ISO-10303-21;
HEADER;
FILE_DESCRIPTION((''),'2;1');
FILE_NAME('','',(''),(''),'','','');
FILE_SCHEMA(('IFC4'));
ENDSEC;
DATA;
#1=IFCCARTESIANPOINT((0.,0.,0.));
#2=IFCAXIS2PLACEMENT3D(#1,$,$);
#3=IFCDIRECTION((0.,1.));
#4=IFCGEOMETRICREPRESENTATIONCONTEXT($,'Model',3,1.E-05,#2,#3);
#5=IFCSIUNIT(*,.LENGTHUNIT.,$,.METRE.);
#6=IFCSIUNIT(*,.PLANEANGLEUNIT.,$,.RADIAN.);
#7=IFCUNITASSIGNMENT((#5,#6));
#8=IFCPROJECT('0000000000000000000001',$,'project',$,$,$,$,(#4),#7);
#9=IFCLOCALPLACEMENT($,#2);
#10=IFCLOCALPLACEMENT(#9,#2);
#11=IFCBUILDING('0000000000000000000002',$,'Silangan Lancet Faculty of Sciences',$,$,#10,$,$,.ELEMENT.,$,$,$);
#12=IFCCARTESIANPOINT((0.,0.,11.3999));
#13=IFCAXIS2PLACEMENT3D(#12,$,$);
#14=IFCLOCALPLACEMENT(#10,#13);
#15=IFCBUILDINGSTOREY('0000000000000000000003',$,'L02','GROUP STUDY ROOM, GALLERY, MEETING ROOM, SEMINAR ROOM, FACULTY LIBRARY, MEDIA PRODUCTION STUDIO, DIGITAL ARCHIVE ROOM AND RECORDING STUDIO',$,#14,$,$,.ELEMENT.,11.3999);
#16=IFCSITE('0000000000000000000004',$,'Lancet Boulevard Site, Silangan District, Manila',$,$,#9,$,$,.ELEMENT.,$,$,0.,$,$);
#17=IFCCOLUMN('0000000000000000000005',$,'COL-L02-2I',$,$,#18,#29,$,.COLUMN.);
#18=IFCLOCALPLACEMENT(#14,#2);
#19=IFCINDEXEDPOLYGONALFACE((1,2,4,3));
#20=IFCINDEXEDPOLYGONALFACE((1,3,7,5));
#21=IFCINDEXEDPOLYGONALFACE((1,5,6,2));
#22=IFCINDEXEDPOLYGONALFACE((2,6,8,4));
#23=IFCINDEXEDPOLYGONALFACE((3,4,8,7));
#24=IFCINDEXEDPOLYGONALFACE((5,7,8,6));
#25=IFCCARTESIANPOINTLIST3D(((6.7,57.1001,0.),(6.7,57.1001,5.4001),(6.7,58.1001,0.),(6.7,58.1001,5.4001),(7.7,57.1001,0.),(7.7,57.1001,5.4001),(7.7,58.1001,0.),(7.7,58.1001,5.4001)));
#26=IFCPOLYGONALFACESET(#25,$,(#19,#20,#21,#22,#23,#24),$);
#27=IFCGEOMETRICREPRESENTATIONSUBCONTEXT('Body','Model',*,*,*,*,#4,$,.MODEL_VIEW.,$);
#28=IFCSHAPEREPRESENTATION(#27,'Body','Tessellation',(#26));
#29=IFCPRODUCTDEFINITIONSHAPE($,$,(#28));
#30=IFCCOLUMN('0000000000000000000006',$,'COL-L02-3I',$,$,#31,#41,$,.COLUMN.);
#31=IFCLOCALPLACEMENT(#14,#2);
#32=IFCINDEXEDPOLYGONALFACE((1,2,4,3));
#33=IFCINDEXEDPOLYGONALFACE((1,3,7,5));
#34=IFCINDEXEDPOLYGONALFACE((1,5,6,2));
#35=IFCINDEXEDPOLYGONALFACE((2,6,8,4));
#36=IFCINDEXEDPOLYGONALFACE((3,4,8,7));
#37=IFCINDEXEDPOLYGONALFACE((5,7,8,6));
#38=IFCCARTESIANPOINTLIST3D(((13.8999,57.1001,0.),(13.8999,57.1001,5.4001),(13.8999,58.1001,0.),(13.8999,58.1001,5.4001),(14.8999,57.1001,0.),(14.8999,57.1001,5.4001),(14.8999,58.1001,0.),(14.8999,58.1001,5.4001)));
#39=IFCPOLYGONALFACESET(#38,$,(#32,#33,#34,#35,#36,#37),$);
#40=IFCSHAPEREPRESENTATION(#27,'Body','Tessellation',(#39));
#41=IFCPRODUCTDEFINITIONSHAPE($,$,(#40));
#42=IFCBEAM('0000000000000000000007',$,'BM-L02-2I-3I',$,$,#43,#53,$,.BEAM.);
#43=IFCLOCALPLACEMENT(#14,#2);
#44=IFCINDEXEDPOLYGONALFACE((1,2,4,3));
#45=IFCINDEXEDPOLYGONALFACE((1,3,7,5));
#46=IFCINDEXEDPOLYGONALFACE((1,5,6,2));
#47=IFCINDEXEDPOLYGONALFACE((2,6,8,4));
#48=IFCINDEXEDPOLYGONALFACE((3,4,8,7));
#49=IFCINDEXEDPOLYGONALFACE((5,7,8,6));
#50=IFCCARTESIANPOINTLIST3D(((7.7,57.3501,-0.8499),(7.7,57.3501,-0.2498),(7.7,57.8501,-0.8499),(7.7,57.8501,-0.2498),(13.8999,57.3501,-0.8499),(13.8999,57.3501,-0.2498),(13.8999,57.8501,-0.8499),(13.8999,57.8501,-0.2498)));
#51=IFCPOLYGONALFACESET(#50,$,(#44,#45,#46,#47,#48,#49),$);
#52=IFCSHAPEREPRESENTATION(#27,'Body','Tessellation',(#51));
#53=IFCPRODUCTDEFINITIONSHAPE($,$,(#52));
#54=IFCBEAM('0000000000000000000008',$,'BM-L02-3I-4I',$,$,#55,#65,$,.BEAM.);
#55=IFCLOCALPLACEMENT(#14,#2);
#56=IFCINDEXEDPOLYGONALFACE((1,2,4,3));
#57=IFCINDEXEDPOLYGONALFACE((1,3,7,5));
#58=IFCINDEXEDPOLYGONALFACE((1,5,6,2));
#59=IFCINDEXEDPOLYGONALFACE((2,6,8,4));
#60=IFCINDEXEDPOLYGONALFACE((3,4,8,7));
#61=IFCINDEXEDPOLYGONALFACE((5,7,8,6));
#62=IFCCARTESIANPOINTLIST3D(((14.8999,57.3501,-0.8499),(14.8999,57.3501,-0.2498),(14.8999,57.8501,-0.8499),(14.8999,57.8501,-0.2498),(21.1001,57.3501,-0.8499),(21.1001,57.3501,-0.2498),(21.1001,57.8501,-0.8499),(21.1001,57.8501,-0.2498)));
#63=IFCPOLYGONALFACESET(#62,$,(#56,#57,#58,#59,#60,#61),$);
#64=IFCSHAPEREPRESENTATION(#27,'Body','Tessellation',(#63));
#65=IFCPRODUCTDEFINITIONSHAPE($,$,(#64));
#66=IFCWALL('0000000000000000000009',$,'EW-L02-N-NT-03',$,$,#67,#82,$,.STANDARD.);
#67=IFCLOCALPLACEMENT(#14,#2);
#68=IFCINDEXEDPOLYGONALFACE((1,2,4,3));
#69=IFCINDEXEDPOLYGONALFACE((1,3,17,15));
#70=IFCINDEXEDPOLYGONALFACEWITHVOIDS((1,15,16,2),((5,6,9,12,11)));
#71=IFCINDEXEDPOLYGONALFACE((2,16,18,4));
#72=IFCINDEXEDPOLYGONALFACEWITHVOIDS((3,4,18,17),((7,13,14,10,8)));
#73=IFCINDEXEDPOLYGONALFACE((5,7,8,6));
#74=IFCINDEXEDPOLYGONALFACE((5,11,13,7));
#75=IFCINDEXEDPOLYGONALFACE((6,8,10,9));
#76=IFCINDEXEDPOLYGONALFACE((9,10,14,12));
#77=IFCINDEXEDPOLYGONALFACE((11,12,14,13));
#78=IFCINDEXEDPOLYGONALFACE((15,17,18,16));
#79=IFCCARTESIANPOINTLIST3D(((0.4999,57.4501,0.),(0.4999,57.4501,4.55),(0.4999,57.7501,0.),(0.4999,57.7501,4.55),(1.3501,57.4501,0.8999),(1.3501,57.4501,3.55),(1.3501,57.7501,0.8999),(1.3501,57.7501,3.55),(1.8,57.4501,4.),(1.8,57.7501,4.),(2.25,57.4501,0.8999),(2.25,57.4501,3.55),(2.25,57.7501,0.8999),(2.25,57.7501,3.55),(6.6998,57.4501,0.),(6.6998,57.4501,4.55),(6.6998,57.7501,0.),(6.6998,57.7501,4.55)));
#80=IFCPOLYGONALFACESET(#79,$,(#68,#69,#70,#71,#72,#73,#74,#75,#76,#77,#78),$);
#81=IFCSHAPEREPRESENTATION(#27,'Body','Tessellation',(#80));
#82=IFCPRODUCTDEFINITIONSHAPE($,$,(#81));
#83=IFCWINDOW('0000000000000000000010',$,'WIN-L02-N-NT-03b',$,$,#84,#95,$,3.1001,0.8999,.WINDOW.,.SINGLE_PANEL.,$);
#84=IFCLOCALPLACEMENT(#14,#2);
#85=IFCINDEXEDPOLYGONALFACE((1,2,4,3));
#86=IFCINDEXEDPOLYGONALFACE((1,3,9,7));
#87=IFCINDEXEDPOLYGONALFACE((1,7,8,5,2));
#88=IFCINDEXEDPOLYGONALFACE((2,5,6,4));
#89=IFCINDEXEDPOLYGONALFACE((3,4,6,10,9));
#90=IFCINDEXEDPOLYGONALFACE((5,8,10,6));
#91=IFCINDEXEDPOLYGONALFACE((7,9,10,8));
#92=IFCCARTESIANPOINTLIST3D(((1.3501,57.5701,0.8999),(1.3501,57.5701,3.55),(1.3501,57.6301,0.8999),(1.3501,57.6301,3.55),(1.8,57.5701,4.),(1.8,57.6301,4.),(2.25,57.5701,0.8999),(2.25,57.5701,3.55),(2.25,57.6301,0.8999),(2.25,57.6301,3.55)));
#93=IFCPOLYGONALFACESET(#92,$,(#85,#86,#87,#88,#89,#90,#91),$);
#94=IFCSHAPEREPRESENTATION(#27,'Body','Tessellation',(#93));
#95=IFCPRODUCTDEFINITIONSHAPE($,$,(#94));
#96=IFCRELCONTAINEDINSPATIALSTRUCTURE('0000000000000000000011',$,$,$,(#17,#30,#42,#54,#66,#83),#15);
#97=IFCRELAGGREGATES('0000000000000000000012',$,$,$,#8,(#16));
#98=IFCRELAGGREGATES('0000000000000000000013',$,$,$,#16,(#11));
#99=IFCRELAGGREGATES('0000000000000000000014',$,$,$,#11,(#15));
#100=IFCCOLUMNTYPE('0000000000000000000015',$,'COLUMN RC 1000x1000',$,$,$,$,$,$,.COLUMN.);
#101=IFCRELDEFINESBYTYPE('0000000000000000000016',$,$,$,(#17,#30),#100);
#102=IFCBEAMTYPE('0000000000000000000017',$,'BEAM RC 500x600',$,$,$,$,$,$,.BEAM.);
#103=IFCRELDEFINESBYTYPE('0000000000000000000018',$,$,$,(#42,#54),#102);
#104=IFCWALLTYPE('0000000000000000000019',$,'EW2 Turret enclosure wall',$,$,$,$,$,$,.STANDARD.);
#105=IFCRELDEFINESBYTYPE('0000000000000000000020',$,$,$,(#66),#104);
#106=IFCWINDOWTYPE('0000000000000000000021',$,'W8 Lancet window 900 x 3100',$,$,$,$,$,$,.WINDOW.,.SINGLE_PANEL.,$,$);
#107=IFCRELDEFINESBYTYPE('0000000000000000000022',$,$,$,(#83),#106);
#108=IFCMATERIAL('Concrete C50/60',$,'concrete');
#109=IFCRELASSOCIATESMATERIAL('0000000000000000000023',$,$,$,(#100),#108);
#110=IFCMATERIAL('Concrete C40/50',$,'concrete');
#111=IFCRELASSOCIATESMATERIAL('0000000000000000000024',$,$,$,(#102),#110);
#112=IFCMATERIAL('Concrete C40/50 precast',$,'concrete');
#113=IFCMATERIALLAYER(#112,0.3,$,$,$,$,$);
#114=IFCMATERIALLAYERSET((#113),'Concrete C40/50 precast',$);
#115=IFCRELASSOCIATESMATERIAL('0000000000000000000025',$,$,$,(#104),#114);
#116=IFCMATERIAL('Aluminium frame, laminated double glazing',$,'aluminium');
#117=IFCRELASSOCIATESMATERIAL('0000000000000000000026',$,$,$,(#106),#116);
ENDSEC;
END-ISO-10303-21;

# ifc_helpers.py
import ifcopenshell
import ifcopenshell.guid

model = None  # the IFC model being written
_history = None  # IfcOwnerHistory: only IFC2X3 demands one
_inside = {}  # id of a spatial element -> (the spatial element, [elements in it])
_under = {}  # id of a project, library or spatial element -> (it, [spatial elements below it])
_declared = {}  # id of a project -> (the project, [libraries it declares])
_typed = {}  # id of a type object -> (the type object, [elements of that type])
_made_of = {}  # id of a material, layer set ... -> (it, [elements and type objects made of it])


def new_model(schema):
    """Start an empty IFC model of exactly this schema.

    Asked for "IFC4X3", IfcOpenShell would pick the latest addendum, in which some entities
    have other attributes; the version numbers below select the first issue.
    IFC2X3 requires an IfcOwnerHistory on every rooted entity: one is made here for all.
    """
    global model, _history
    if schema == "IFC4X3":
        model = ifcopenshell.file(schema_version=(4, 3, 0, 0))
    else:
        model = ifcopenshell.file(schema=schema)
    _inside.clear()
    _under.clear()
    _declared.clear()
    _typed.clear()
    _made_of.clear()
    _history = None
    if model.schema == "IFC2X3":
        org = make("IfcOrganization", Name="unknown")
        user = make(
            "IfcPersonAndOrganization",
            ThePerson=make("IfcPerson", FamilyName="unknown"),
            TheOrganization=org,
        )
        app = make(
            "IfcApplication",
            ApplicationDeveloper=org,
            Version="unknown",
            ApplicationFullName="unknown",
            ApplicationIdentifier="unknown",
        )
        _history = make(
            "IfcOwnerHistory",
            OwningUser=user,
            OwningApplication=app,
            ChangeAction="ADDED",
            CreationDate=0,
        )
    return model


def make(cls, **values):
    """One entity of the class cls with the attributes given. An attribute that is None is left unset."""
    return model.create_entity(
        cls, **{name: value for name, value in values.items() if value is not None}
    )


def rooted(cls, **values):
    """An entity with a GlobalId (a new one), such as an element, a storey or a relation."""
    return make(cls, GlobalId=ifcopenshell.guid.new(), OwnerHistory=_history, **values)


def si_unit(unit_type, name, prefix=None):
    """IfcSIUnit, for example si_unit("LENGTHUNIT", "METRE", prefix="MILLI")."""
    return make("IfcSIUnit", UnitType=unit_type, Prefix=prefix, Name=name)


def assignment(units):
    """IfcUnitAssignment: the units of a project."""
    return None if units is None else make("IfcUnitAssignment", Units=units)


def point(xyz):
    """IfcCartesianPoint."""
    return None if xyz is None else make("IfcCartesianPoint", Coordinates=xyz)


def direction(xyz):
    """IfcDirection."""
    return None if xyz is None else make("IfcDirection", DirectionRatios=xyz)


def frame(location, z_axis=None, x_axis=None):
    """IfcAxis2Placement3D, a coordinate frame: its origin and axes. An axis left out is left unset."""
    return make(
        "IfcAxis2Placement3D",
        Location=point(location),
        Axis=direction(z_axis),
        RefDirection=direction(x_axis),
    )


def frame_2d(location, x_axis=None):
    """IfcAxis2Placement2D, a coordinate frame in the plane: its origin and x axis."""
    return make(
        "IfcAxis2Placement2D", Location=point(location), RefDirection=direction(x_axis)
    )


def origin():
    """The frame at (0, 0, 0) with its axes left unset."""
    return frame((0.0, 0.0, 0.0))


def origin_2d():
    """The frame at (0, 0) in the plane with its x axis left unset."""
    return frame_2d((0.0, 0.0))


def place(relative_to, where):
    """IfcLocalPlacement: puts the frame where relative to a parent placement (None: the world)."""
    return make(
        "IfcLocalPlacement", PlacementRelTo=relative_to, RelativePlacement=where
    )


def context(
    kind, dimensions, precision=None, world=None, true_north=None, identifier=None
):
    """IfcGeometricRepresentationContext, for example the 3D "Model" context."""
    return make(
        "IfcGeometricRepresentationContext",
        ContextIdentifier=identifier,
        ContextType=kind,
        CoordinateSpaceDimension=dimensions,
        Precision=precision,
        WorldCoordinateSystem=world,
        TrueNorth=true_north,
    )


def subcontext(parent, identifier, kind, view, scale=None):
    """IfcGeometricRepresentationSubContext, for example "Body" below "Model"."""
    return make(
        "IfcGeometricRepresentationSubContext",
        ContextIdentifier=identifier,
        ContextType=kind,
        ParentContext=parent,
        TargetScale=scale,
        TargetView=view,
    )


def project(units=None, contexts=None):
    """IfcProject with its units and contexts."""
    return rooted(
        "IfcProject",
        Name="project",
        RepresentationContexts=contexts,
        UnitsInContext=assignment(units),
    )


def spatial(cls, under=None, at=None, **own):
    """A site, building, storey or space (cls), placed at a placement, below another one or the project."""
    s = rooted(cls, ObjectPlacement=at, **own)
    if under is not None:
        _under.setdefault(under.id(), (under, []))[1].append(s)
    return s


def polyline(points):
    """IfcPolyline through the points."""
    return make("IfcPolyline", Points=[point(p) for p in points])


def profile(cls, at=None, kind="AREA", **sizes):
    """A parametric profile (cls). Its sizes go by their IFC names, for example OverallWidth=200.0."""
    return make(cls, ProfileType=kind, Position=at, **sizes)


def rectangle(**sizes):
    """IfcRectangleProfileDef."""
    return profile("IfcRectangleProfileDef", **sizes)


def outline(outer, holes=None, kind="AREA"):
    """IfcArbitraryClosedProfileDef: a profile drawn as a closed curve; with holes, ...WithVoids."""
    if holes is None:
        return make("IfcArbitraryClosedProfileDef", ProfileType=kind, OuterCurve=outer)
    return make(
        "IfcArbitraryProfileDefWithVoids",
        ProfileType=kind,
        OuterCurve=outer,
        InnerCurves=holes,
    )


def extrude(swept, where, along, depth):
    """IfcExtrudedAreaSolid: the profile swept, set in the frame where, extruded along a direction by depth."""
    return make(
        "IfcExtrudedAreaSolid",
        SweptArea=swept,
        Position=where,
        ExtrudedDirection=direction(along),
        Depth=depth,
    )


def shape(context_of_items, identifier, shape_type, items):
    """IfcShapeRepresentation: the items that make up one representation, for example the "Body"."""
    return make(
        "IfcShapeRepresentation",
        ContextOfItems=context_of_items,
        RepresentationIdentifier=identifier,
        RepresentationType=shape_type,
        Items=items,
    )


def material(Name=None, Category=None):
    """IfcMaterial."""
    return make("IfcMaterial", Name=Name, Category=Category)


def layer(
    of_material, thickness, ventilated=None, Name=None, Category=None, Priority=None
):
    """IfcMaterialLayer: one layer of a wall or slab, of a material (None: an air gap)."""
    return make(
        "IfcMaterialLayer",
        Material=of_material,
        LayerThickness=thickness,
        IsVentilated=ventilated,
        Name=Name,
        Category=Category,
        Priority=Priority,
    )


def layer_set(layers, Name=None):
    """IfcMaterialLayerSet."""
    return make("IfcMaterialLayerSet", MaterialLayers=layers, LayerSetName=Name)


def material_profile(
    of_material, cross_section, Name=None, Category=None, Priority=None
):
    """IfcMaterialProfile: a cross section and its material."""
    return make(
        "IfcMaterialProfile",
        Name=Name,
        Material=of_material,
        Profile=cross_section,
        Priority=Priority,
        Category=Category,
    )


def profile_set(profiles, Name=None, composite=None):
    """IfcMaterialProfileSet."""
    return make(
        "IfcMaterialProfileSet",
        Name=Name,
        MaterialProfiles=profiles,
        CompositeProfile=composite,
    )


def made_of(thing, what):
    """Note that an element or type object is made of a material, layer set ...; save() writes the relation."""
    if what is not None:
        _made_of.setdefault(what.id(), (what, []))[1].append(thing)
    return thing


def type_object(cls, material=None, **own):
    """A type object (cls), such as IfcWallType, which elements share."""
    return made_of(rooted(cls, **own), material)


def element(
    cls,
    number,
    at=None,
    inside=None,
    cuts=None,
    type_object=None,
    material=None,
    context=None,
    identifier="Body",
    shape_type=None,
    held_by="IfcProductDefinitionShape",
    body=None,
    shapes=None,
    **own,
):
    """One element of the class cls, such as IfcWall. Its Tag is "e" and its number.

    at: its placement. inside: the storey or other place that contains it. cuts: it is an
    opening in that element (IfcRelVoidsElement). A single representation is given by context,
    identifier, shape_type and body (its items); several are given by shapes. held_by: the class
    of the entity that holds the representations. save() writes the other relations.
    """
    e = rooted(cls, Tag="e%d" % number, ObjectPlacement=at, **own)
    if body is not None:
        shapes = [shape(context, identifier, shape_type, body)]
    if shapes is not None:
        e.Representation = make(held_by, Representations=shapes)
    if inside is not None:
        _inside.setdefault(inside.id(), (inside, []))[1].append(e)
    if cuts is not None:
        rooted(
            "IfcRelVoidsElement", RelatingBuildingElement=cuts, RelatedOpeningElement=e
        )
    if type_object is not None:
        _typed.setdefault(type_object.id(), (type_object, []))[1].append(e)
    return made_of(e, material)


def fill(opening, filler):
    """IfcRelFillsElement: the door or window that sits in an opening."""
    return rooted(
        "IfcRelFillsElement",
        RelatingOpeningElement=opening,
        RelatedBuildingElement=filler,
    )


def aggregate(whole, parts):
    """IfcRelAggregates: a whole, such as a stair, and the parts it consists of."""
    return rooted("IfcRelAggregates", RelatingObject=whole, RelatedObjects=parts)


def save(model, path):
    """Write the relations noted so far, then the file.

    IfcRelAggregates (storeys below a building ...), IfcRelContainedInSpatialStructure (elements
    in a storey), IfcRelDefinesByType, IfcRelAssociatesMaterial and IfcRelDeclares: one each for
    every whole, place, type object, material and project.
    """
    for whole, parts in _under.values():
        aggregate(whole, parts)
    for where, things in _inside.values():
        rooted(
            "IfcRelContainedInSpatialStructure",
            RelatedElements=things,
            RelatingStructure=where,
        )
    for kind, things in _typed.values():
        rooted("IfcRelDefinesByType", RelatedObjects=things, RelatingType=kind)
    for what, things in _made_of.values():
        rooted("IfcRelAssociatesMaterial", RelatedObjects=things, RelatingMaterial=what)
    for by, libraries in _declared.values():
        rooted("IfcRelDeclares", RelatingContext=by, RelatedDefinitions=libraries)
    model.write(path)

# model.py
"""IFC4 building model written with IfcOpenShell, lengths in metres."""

from ifc_helpers import new_model, si_unit, direction, frame, frame_2d, origin, origin_2d, place, context, subcontext, project, spatial, polyline, rectangle, outline, extrude, material, layer, layer_set, material_profile, profile_set, type_object, element, fill, save


model = new_model("IFC4")

# Units and contexts
model_context = context("Model", 3, precision=1e-05, world=origin(), true_north=direction((0.0, 1.0)))
body_context = subcontext(model_context, "Body", "Model", "MODEL_VIEW")
ifc_project = project(units=[si_unit("LENGTHUNIT", "METRE"), si_unit("PLANEANGLEUNIT", "RADIAN")], contexts=[model_context])

# Site, building, storey
site_placement = place(None, origin())
site = spatial("IfcSite", under=ifc_project, at=site_placement, Name="Lancet Boulevard Site, Silangan District, Manila", CompositionType="ELEMENT", RefElevation=0.0)
building_placement = place(site_placement, origin())
building = spatial("IfcBuilding", under=site, at=building_placement, Name="Silangan Lancet Faculty of Sciences", CompositionType="ELEMENT")
storey_placement = place(building_placement, frame((0.0, 0.0, 11.3999)))
storey = spatial("IfcBuildingStorey", under=building, at=storey_placement, Name="L02", Description="GROUP STUDY ROOM, GALLERY, MEETING ROOM, SEMINAR ROOM, FACULTY LIBRARY, MEDIA PRODUCTION STUDIO, DIGITAL ARCHIVE ROOM AND RECORDING STUDIO", CompositionType="ELEMENT", Elevation=11.3999)

# Columns
ifc_material_1 = material(Name="Concrete C50/60", Category="concrete")
ifc_material_profile_1 = material_profile(ifc_material_1, rectangle(XDim=1.0, YDim=1.0, at=origin_2d()), Name="RC 1000x1000")
ifc_profile_set_1 = profile_set([ifc_material_profile_1], Name="Concrete C50/60")
column_type = type_object("IfcColumnType", Name="COLUMN RC 1000x1000", PredefinedType="COLUMN", material=ifc_profile_set_1)
for number, where, z_axis, x_axis, name in (
    (1, (7.2, 57.6001, 0.0), (0.0, 0.0, 1.0), (1.0, 0.0, 0.0), "COL-L02-2I"),
    (2, (14.3999, 57.6001, 0.0), (0.0, 0.0, 1.0), (1.0, 0.0, 0.0), "COL-L02-3I"),
):
    element("IfcColumn", number, at=place(storey_placement, frame(where, z_axis=z_axis, x_axis=x_axis)), inside=storey, type_object=column_type, Name=name, PredefinedType="COLUMN", context=body_context, shape_type="SweptSolid", body=[
        extrude(rectangle(XDim=1.0, YDim=1.0, at=origin_2d()), origin(), (0.0, 0.0, 1.0), 5.4001),
    ])

# Beams
ifc_material_2 = material(Name="Concrete C40/50", Category="concrete")
ifc_material_profile_2 = material_profile(ifc_material_2, rectangle(XDim=0.5, YDim=0.6001, at=origin_2d()), Name="RC 500x600")
ifc_profile_set_2 = profile_set([ifc_material_profile_2], Name="Concrete C40/50")
beam_type = type_object("IfcBeamType", Name="BEAM RC 500x600", PredefinedType="BEAM", material=ifc_profile_set_2)
beam_1_placement = place(storey_placement, frame((7.7, 57.6001, -0.5498), z_axis=(1.0, 0.0, 0.0), x_axis=(0.0, 1.0, 0.0)))
element("IfcBeam", 3, at=beam_1_placement, inside=storey, type_object=beam_type, Name="BM-L02-2I-3I", PredefinedType="BEAM", context=body_context, shape_type="SweptSolid", body=[
    extrude(rectangle(XDim=0.5, YDim=0.6001, at=origin_2d()), origin(), (0.0, 0.0, 1.0), 6.2),
])
beam_2_placement = place(storey_placement, frame((14.8999, 57.6001, -0.5498), z_axis=(1.0, 0.0, 0.0), x_axis=(0.0, 1.0, 0.0)))
element("IfcBeam", 4, at=beam_2_placement, inside=storey, type_object=beam_type, Name="BM-L02-3I-4I", PredefinedType="BEAM", context=body_context, shape_type="SweptSolid", body=[
    extrude(rectangle(XDim=0.5, YDim=0.6001, at=origin_2d()), origin(), (0.0, 0.0, 1.0), 6.2002),
])

# Wall, opening, window
ifc_material_3 = material(Name="Concrete C40/50 precast", Category="concrete")
ifc_layer_1 = layer(ifc_material_3, 0.3)
ifc_layer_set_1 = layer_set([ifc_layer_1], Name="Concrete C40/50 precast")
wall_type_1 = type_object("IfcWallType", Name="EW2 Turret enclosure wall", PredefinedType="STANDARD", material=ifc_layer_set_1)
wall_1_placement = place(storey_placement, frame((6.7, 57.6001, 0.0), z_axis=(0.0, 0.0, 1.0), x_axis=(-1.0, 0.0, 0.0)))
wall_1 = element("IfcWall", 5, at=wall_1_placement, inside=storey, type_object=wall_type_1, Name="EW-L02-N-NT-03", PredefinedType="STANDARD", context=body_context, shape_type="SweptSolid", body=[
    extrude(rectangle(XDim=6.2, YDim=0.3, at=frame_2d((3.1001, 0.0))), origin(), (0.0, 0.0, 1.0), 4.55),
])
opening_1_placement = place(wall_1_placement, frame((4.45, 0.0, 0.8999)))
opening_1 = element("IfcOpeningElement", 6, at=opening_1_placement, cuts=wall_1, PredefinedType="OPENING", context=body_context, shape_type="SweptSolid", body=[
    extrude(outline(polyline([(0.0, 0.0), (0.8999, 0.0), (0.8999, 2.6501), (0.45, 3.1001), (0.0, 2.6501), (0.0, 0.0)])), frame((0.0, 0.1599, 0.0), z_axis=(0.0, -1.0, 0.0), x_axis=(1.0, 0.0, 0.0)), (0.0, 0.0, 1.0), 0.3201),
])
ifc_material_4 = material(Name="Aluminium frame, laminated double glazing", Category="aluminium")
window_type_1 = type_object("IfcWindowType", Name="W8 Lancet window 900 x 3100", PartitioningType="SINGLE_PANEL", PredefinedType="WINDOW", material=ifc_material_4)
window_1_placement = place(opening_1_placement, origin())
window_1 = element("IfcWindow", 7, at=window_1_placement, inside=storey, type_object=window_type_1, Name="WIN-L02-N-NT-03b", OverallHeight=3.1001, OverallWidth=0.8999, PartitioningType="SINGLE_PANEL", PredefinedType="WINDOW", context=body_context, shape_type="SweptSolid", body=[
    extrude(outline(polyline([(0.0, 0.0), (0.8999, 0.0), (0.8999, 2.6501), (0.45, 3.1001), (0.0, 2.6501), (0.0, 0.0)])), frame((0.0, 0.03, 0.0), z_axis=(0.0, -1.0, 0.0), x_axis=(1.0, 0.0, 0.0)), (0.0, 0.0, 1.0), 0.0601),
])
fill(opening_1, window_1)

save(model, "model.ifc")
